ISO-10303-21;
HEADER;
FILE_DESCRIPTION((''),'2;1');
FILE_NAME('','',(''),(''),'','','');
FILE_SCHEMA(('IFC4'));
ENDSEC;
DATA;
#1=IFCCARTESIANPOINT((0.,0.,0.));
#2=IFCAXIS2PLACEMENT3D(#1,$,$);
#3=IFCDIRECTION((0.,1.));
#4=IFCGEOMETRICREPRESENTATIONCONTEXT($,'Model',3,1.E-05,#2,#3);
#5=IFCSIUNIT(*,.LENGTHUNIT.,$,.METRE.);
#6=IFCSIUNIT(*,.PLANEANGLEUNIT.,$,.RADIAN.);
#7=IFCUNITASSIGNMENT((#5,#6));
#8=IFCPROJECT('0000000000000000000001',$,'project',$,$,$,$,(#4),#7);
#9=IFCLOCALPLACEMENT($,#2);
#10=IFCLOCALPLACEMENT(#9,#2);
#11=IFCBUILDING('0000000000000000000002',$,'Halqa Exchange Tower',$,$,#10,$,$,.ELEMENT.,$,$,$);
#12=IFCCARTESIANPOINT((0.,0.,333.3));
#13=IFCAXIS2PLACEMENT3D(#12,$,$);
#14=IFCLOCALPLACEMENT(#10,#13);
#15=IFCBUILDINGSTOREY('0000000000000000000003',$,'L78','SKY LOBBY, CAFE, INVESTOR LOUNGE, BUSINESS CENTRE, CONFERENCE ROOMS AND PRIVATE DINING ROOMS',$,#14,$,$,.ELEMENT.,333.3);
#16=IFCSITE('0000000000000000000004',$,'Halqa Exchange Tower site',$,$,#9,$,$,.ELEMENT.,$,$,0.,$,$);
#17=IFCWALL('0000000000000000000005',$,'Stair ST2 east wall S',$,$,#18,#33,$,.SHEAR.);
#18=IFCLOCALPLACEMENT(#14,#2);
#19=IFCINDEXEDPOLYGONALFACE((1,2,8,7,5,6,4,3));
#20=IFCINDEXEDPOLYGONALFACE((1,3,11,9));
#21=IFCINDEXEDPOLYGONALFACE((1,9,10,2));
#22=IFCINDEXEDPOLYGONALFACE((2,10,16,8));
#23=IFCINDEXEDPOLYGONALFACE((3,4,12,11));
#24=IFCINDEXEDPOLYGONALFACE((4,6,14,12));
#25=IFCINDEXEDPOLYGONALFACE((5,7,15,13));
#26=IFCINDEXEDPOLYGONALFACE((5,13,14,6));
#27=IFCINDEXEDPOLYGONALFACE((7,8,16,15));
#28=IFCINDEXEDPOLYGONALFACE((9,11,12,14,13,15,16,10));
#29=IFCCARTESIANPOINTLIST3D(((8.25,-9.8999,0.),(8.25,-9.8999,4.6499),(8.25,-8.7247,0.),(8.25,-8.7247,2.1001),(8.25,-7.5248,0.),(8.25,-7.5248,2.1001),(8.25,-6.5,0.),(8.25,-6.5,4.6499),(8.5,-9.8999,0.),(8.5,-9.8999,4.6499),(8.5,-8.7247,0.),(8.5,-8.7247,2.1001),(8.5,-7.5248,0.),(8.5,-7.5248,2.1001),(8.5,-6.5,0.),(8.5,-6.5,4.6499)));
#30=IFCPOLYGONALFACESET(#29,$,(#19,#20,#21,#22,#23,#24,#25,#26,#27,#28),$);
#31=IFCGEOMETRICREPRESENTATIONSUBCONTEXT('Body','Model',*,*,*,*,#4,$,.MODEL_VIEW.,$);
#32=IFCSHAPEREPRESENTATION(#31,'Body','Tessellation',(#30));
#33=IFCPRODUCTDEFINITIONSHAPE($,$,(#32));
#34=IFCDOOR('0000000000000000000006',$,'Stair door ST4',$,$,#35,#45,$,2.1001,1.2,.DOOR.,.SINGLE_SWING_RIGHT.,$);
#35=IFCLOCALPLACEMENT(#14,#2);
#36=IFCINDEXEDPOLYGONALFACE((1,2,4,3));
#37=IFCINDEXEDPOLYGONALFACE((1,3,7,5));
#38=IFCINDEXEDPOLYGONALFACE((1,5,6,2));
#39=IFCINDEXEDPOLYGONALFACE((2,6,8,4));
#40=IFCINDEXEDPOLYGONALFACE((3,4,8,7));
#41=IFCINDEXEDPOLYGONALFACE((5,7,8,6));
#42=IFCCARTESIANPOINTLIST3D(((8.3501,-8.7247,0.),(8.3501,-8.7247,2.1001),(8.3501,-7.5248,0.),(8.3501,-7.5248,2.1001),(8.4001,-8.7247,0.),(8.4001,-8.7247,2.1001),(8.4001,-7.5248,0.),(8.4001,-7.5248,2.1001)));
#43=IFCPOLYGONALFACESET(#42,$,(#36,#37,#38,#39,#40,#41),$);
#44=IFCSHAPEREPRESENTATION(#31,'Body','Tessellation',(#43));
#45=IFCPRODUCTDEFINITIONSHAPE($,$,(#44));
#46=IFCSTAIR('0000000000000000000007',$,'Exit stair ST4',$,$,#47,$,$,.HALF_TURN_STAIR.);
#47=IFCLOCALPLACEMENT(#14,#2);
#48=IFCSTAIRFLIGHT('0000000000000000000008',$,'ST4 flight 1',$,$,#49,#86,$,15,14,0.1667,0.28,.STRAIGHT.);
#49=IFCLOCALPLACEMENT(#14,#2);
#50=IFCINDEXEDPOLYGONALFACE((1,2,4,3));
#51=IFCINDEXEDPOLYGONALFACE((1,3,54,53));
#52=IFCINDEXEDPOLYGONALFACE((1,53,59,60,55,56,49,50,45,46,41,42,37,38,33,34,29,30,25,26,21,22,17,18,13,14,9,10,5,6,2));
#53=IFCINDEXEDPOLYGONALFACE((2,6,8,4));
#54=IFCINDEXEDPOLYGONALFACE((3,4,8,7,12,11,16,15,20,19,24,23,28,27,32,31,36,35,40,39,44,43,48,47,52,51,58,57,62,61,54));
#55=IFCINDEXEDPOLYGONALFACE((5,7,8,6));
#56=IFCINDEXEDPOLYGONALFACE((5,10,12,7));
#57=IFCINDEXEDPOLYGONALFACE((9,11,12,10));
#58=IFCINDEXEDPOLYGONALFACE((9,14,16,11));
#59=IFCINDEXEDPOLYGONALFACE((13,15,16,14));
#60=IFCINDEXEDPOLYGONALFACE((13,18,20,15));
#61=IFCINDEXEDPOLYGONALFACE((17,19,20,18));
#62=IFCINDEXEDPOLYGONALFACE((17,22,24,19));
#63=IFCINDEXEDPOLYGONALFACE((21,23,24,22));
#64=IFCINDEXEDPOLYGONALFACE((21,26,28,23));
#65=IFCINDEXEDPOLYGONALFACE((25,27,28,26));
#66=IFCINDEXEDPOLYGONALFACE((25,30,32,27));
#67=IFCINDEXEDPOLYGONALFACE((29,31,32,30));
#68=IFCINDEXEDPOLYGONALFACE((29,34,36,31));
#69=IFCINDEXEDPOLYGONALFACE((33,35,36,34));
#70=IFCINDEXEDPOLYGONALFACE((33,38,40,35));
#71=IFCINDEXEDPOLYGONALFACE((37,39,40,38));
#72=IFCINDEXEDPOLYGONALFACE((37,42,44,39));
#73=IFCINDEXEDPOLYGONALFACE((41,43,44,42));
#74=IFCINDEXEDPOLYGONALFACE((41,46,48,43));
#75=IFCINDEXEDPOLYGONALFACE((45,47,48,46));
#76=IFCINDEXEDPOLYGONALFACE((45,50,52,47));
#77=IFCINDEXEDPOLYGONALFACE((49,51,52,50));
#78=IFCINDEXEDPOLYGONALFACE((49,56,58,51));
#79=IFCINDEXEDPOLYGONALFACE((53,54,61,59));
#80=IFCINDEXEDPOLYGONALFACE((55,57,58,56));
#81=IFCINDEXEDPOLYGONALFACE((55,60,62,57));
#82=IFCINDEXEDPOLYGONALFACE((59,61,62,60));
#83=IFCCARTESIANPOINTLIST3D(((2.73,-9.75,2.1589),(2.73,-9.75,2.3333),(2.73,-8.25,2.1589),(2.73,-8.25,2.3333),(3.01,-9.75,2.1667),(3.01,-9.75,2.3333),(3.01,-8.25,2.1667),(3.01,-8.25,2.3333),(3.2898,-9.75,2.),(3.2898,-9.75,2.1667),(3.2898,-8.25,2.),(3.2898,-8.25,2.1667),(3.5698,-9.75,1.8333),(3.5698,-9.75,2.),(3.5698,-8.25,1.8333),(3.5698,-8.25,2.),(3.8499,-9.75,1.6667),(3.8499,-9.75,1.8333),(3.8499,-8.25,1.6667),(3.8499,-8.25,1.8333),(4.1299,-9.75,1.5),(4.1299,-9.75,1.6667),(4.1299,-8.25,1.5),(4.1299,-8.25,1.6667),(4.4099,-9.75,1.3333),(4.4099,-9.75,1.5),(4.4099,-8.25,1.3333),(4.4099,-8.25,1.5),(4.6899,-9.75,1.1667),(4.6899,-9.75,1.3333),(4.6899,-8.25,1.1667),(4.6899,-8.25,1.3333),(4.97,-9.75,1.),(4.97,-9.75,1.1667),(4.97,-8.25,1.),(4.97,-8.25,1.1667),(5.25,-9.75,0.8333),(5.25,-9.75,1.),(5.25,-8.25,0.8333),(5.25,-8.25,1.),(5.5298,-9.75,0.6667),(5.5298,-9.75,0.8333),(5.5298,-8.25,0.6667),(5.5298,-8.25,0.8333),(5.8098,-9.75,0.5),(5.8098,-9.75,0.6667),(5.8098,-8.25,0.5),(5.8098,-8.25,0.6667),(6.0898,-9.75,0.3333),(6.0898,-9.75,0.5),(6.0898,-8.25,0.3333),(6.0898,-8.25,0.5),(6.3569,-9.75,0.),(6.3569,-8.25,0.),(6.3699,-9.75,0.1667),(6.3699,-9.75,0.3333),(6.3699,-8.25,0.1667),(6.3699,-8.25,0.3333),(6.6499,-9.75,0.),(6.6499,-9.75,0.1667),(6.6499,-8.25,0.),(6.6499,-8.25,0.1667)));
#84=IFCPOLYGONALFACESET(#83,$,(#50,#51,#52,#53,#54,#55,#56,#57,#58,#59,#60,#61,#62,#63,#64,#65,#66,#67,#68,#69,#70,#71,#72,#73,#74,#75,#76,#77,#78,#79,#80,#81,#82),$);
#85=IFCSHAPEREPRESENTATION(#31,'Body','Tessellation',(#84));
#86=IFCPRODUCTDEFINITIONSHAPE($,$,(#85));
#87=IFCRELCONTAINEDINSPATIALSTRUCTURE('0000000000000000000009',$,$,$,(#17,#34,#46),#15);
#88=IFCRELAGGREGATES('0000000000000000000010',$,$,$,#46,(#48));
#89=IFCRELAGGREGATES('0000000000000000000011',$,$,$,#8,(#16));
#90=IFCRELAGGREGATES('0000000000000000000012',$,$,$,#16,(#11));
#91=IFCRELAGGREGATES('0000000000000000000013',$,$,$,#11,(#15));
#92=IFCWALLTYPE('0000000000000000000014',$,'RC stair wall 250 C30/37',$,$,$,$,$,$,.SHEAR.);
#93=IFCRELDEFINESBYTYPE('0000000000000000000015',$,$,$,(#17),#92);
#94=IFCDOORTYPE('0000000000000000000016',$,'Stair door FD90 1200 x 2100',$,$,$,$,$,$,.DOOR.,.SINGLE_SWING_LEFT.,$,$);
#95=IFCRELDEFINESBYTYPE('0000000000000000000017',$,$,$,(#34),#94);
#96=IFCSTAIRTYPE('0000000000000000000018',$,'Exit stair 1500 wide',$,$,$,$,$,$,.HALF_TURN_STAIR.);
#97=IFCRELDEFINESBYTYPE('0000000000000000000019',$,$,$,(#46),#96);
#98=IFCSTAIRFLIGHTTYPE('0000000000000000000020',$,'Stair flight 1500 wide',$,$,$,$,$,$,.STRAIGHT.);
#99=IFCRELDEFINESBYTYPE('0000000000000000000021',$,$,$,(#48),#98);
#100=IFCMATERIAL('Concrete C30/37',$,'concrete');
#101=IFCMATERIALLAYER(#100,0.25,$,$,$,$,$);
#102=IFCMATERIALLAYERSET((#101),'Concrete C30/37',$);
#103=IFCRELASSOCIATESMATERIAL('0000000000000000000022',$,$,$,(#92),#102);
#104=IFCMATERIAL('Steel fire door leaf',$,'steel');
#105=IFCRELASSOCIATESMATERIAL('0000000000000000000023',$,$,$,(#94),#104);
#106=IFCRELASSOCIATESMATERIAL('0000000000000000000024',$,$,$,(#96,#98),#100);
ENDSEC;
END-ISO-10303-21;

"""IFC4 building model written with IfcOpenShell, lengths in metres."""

from ifc_helpers import new_model, si_unit, direction, frame, frame_2d, origin, place, context, subcontext, project, spatial, polyline, rectangle, outline, extrude, material, layer, layer_set, type_object, element, fill, aggregate, save


model = new_model("IFC4")

# Units and contexts
model_context = context("Model", 3, precision=1e-05, world=origin(), true_north=direction((0.0, 1.0)))
body_context = subcontext(model_context, "Body", "Model", "MODEL_VIEW")
ifc_project = project(units=[si_unit("LENGTHUNIT", "METRE"), si_unit("PLANEANGLEUNIT", "RADIAN")], contexts=[model_context])

# Site, building, storey
site_placement = place(None, origin())
site = spatial("IfcSite", under=ifc_project, at=site_placement, Name="Halqa Exchange Tower site", CompositionType="ELEMENT", RefElevation=0.0)
building_placement = place(site_placement, origin())
building = spatial("IfcBuilding", under=site, at=building_placement, Name="Halqa Exchange Tower", CompositionType="ELEMENT")
storey_placement = place(building_placement, frame((0.0, 0.0, 333.3)))
storey = spatial("IfcBuildingStorey", under=building, at=storey_placement, Name="L78", Description="SKY LOBBY, CAFE, INVESTOR LOUNGE, BUSINESS CENTRE, CONFERENCE ROOMS AND PRIVATE DINING ROOMS", CompositionType="ELEMENT", Elevation=333.3)

# Shared definitions
ifc_material_1 = material(Name="Steel fire door leaf", Category="steel")

# Shared definitions
ifc_material_2 = material(Name="Concrete C30/37", Category="concrete")
ifc_layer_1 = layer(ifc_material_2, 0.25)
ifc_layer_set_1 = layer_set([ifc_layer_1], Name="Concrete C30/37")
wall_type_1 = type_object("IfcWallType", Name="RC stair wall 250 C30/37", PredefinedType="SHEAR", material=ifc_layer_set_1)

# Wall, opening, door
wall_1_placement = place(storey_placement, frame((8.375, -9.8999, 0.0), z_axis=(0.0, 0.0, 1.0), x_axis=(0.0, 1.0, 0.0)))
wall_1 = element("IfcWall", 1, at=wall_1_placement, inside=storey, type_object=wall_type_1, Name="Stair ST2 east wall S", PredefinedType="SHEAR", context=body_context, shape_type="SweptSolid", body=[
    extrude(rectangle(XDim=3.3999, YDim=0.25, at=frame_2d((1.7, 0.0))), origin(), (0.0, 0.0, 1.0), 4.6499),
])
opening_1_placement = place(wall_1_placement, frame((1.175, 0.0, 0.0)))
opening_1 = element("IfcOpeningElement", 2, at=opening_1_placement, cuts=wall_1, PredefinedType="OPENING", context=body_context, shape_type="SweptSolid", body=[
    extrude(rectangle(XDim=1.2, YDim=2.1001, at=frame_2d((0.6001, 1.05))), frame((0.0, 0.137, 0.0), z_axis=(0.0, -1.0, 0.0), x_axis=(1.0, 0.0, 0.0)), (0.0, 0.0, 1.0), 0.2739),
])
door_type_1 = type_object("IfcDoorType", Name="Stair door FD90 1200 x 2100", OperationType="SINGLE_SWING_LEFT", PredefinedType="DOOR", material=ifc_material_1)
door_1_placement = place(opening_1_placement, origin())
door_1 = element("IfcDoor", 3, at=door_1_placement, inside=storey, type_object=door_type_1, Name="Stair door ST4", OperationType="SINGLE_SWING_RIGHT", OverallHeight=2.1001, OverallWidth=1.2, PredefinedType="DOOR", context=body_context, shape_type="SweptSolid", body=[
    extrude(rectangle(XDim=1.2, YDim=2.1001, at=frame_2d((0.6001, 1.05))), frame((0.0, 0.0249, 0.0), z_axis=(0.0, -1.0, 0.0), x_axis=(1.0, 0.0, 0.0)), (0.0, 0.0, 1.0), 0.05),
])
fill(opening_1, door_1)

# Stair, stair flight
stair_type = type_object("IfcStairType", Name="Exit stair 1500 wide", PredefinedType="HALF_TURN_STAIR", material=ifc_material_2)
stair_placement = place(storey_placement, origin())
stair = element("IfcStair", 4, at=stair_placement, inside=storey, type_object=stair_type, Name="Exit stair ST4", PredefinedType="HALF_TURN_STAIR")
stair_flight_type = type_object("IfcStairFlightType", Name="Stair flight 1500 wide", PredefinedType="STRAIGHT", material=ifc_material_2)
stair_flight_placement = place(storey_placement, frame((6.6499, -9.0, 0.0), z_axis=(0.0, 0.0, 1.0), x_axis=(-1.0, 0.0, 0.0)))
stair_flight = element("IfcStairFlight", 5, at=stair_flight_placement, type_object=stair_flight_type, Name="ST4 flight 1", NumberOfRisers=15, NumberOfTreads=14, PredefinedType="STRAIGHT", RiserHeight=0.1667, TreadLength=0.28, context=body_context, shape_type="SweptSolid", body=[
    extrude(outline(polyline([(0.0, 0.0), (0.0, 0.1667), (0.28, 0.1667), (0.28, 0.3333), (0.5601, 0.3333), (0.5601, 0.5), (0.8401, 0.5), (0.8401, 0.6667), (1.1201, 0.6667), (1.1201, 0.8333), (1.3999, 0.8333), (1.3999, 1.0), (1.6799, 1.0), (1.6799, 1.1667), (1.96, 1.1667), (1.96, 1.3333), (2.24, 1.3333), (2.24, 1.5), (2.52, 1.5), (2.52, 1.6667), (2.8, 1.6667), (2.8, 1.8333), (3.0801, 1.8333), (3.0801, 2.0), (3.3601, 2.0), (3.3601, 2.1667), (3.6399, 2.1667), (3.6399, 2.3333), (3.9199, 2.3333), (3.9199, 2.5), (3.9199, 2.1589), (0.293, 0.0), (0.0, 0.0)])), frame((0.0, 0.75, 0.0), z_axis=(0.0, -1.0, 0.0), x_axis=(1.0, 0.0, 0.0)), (0.0, 0.0, 1.0), 1.5),
])
aggregate(stair, [stair_flight])

save(model, "model.ifc")
